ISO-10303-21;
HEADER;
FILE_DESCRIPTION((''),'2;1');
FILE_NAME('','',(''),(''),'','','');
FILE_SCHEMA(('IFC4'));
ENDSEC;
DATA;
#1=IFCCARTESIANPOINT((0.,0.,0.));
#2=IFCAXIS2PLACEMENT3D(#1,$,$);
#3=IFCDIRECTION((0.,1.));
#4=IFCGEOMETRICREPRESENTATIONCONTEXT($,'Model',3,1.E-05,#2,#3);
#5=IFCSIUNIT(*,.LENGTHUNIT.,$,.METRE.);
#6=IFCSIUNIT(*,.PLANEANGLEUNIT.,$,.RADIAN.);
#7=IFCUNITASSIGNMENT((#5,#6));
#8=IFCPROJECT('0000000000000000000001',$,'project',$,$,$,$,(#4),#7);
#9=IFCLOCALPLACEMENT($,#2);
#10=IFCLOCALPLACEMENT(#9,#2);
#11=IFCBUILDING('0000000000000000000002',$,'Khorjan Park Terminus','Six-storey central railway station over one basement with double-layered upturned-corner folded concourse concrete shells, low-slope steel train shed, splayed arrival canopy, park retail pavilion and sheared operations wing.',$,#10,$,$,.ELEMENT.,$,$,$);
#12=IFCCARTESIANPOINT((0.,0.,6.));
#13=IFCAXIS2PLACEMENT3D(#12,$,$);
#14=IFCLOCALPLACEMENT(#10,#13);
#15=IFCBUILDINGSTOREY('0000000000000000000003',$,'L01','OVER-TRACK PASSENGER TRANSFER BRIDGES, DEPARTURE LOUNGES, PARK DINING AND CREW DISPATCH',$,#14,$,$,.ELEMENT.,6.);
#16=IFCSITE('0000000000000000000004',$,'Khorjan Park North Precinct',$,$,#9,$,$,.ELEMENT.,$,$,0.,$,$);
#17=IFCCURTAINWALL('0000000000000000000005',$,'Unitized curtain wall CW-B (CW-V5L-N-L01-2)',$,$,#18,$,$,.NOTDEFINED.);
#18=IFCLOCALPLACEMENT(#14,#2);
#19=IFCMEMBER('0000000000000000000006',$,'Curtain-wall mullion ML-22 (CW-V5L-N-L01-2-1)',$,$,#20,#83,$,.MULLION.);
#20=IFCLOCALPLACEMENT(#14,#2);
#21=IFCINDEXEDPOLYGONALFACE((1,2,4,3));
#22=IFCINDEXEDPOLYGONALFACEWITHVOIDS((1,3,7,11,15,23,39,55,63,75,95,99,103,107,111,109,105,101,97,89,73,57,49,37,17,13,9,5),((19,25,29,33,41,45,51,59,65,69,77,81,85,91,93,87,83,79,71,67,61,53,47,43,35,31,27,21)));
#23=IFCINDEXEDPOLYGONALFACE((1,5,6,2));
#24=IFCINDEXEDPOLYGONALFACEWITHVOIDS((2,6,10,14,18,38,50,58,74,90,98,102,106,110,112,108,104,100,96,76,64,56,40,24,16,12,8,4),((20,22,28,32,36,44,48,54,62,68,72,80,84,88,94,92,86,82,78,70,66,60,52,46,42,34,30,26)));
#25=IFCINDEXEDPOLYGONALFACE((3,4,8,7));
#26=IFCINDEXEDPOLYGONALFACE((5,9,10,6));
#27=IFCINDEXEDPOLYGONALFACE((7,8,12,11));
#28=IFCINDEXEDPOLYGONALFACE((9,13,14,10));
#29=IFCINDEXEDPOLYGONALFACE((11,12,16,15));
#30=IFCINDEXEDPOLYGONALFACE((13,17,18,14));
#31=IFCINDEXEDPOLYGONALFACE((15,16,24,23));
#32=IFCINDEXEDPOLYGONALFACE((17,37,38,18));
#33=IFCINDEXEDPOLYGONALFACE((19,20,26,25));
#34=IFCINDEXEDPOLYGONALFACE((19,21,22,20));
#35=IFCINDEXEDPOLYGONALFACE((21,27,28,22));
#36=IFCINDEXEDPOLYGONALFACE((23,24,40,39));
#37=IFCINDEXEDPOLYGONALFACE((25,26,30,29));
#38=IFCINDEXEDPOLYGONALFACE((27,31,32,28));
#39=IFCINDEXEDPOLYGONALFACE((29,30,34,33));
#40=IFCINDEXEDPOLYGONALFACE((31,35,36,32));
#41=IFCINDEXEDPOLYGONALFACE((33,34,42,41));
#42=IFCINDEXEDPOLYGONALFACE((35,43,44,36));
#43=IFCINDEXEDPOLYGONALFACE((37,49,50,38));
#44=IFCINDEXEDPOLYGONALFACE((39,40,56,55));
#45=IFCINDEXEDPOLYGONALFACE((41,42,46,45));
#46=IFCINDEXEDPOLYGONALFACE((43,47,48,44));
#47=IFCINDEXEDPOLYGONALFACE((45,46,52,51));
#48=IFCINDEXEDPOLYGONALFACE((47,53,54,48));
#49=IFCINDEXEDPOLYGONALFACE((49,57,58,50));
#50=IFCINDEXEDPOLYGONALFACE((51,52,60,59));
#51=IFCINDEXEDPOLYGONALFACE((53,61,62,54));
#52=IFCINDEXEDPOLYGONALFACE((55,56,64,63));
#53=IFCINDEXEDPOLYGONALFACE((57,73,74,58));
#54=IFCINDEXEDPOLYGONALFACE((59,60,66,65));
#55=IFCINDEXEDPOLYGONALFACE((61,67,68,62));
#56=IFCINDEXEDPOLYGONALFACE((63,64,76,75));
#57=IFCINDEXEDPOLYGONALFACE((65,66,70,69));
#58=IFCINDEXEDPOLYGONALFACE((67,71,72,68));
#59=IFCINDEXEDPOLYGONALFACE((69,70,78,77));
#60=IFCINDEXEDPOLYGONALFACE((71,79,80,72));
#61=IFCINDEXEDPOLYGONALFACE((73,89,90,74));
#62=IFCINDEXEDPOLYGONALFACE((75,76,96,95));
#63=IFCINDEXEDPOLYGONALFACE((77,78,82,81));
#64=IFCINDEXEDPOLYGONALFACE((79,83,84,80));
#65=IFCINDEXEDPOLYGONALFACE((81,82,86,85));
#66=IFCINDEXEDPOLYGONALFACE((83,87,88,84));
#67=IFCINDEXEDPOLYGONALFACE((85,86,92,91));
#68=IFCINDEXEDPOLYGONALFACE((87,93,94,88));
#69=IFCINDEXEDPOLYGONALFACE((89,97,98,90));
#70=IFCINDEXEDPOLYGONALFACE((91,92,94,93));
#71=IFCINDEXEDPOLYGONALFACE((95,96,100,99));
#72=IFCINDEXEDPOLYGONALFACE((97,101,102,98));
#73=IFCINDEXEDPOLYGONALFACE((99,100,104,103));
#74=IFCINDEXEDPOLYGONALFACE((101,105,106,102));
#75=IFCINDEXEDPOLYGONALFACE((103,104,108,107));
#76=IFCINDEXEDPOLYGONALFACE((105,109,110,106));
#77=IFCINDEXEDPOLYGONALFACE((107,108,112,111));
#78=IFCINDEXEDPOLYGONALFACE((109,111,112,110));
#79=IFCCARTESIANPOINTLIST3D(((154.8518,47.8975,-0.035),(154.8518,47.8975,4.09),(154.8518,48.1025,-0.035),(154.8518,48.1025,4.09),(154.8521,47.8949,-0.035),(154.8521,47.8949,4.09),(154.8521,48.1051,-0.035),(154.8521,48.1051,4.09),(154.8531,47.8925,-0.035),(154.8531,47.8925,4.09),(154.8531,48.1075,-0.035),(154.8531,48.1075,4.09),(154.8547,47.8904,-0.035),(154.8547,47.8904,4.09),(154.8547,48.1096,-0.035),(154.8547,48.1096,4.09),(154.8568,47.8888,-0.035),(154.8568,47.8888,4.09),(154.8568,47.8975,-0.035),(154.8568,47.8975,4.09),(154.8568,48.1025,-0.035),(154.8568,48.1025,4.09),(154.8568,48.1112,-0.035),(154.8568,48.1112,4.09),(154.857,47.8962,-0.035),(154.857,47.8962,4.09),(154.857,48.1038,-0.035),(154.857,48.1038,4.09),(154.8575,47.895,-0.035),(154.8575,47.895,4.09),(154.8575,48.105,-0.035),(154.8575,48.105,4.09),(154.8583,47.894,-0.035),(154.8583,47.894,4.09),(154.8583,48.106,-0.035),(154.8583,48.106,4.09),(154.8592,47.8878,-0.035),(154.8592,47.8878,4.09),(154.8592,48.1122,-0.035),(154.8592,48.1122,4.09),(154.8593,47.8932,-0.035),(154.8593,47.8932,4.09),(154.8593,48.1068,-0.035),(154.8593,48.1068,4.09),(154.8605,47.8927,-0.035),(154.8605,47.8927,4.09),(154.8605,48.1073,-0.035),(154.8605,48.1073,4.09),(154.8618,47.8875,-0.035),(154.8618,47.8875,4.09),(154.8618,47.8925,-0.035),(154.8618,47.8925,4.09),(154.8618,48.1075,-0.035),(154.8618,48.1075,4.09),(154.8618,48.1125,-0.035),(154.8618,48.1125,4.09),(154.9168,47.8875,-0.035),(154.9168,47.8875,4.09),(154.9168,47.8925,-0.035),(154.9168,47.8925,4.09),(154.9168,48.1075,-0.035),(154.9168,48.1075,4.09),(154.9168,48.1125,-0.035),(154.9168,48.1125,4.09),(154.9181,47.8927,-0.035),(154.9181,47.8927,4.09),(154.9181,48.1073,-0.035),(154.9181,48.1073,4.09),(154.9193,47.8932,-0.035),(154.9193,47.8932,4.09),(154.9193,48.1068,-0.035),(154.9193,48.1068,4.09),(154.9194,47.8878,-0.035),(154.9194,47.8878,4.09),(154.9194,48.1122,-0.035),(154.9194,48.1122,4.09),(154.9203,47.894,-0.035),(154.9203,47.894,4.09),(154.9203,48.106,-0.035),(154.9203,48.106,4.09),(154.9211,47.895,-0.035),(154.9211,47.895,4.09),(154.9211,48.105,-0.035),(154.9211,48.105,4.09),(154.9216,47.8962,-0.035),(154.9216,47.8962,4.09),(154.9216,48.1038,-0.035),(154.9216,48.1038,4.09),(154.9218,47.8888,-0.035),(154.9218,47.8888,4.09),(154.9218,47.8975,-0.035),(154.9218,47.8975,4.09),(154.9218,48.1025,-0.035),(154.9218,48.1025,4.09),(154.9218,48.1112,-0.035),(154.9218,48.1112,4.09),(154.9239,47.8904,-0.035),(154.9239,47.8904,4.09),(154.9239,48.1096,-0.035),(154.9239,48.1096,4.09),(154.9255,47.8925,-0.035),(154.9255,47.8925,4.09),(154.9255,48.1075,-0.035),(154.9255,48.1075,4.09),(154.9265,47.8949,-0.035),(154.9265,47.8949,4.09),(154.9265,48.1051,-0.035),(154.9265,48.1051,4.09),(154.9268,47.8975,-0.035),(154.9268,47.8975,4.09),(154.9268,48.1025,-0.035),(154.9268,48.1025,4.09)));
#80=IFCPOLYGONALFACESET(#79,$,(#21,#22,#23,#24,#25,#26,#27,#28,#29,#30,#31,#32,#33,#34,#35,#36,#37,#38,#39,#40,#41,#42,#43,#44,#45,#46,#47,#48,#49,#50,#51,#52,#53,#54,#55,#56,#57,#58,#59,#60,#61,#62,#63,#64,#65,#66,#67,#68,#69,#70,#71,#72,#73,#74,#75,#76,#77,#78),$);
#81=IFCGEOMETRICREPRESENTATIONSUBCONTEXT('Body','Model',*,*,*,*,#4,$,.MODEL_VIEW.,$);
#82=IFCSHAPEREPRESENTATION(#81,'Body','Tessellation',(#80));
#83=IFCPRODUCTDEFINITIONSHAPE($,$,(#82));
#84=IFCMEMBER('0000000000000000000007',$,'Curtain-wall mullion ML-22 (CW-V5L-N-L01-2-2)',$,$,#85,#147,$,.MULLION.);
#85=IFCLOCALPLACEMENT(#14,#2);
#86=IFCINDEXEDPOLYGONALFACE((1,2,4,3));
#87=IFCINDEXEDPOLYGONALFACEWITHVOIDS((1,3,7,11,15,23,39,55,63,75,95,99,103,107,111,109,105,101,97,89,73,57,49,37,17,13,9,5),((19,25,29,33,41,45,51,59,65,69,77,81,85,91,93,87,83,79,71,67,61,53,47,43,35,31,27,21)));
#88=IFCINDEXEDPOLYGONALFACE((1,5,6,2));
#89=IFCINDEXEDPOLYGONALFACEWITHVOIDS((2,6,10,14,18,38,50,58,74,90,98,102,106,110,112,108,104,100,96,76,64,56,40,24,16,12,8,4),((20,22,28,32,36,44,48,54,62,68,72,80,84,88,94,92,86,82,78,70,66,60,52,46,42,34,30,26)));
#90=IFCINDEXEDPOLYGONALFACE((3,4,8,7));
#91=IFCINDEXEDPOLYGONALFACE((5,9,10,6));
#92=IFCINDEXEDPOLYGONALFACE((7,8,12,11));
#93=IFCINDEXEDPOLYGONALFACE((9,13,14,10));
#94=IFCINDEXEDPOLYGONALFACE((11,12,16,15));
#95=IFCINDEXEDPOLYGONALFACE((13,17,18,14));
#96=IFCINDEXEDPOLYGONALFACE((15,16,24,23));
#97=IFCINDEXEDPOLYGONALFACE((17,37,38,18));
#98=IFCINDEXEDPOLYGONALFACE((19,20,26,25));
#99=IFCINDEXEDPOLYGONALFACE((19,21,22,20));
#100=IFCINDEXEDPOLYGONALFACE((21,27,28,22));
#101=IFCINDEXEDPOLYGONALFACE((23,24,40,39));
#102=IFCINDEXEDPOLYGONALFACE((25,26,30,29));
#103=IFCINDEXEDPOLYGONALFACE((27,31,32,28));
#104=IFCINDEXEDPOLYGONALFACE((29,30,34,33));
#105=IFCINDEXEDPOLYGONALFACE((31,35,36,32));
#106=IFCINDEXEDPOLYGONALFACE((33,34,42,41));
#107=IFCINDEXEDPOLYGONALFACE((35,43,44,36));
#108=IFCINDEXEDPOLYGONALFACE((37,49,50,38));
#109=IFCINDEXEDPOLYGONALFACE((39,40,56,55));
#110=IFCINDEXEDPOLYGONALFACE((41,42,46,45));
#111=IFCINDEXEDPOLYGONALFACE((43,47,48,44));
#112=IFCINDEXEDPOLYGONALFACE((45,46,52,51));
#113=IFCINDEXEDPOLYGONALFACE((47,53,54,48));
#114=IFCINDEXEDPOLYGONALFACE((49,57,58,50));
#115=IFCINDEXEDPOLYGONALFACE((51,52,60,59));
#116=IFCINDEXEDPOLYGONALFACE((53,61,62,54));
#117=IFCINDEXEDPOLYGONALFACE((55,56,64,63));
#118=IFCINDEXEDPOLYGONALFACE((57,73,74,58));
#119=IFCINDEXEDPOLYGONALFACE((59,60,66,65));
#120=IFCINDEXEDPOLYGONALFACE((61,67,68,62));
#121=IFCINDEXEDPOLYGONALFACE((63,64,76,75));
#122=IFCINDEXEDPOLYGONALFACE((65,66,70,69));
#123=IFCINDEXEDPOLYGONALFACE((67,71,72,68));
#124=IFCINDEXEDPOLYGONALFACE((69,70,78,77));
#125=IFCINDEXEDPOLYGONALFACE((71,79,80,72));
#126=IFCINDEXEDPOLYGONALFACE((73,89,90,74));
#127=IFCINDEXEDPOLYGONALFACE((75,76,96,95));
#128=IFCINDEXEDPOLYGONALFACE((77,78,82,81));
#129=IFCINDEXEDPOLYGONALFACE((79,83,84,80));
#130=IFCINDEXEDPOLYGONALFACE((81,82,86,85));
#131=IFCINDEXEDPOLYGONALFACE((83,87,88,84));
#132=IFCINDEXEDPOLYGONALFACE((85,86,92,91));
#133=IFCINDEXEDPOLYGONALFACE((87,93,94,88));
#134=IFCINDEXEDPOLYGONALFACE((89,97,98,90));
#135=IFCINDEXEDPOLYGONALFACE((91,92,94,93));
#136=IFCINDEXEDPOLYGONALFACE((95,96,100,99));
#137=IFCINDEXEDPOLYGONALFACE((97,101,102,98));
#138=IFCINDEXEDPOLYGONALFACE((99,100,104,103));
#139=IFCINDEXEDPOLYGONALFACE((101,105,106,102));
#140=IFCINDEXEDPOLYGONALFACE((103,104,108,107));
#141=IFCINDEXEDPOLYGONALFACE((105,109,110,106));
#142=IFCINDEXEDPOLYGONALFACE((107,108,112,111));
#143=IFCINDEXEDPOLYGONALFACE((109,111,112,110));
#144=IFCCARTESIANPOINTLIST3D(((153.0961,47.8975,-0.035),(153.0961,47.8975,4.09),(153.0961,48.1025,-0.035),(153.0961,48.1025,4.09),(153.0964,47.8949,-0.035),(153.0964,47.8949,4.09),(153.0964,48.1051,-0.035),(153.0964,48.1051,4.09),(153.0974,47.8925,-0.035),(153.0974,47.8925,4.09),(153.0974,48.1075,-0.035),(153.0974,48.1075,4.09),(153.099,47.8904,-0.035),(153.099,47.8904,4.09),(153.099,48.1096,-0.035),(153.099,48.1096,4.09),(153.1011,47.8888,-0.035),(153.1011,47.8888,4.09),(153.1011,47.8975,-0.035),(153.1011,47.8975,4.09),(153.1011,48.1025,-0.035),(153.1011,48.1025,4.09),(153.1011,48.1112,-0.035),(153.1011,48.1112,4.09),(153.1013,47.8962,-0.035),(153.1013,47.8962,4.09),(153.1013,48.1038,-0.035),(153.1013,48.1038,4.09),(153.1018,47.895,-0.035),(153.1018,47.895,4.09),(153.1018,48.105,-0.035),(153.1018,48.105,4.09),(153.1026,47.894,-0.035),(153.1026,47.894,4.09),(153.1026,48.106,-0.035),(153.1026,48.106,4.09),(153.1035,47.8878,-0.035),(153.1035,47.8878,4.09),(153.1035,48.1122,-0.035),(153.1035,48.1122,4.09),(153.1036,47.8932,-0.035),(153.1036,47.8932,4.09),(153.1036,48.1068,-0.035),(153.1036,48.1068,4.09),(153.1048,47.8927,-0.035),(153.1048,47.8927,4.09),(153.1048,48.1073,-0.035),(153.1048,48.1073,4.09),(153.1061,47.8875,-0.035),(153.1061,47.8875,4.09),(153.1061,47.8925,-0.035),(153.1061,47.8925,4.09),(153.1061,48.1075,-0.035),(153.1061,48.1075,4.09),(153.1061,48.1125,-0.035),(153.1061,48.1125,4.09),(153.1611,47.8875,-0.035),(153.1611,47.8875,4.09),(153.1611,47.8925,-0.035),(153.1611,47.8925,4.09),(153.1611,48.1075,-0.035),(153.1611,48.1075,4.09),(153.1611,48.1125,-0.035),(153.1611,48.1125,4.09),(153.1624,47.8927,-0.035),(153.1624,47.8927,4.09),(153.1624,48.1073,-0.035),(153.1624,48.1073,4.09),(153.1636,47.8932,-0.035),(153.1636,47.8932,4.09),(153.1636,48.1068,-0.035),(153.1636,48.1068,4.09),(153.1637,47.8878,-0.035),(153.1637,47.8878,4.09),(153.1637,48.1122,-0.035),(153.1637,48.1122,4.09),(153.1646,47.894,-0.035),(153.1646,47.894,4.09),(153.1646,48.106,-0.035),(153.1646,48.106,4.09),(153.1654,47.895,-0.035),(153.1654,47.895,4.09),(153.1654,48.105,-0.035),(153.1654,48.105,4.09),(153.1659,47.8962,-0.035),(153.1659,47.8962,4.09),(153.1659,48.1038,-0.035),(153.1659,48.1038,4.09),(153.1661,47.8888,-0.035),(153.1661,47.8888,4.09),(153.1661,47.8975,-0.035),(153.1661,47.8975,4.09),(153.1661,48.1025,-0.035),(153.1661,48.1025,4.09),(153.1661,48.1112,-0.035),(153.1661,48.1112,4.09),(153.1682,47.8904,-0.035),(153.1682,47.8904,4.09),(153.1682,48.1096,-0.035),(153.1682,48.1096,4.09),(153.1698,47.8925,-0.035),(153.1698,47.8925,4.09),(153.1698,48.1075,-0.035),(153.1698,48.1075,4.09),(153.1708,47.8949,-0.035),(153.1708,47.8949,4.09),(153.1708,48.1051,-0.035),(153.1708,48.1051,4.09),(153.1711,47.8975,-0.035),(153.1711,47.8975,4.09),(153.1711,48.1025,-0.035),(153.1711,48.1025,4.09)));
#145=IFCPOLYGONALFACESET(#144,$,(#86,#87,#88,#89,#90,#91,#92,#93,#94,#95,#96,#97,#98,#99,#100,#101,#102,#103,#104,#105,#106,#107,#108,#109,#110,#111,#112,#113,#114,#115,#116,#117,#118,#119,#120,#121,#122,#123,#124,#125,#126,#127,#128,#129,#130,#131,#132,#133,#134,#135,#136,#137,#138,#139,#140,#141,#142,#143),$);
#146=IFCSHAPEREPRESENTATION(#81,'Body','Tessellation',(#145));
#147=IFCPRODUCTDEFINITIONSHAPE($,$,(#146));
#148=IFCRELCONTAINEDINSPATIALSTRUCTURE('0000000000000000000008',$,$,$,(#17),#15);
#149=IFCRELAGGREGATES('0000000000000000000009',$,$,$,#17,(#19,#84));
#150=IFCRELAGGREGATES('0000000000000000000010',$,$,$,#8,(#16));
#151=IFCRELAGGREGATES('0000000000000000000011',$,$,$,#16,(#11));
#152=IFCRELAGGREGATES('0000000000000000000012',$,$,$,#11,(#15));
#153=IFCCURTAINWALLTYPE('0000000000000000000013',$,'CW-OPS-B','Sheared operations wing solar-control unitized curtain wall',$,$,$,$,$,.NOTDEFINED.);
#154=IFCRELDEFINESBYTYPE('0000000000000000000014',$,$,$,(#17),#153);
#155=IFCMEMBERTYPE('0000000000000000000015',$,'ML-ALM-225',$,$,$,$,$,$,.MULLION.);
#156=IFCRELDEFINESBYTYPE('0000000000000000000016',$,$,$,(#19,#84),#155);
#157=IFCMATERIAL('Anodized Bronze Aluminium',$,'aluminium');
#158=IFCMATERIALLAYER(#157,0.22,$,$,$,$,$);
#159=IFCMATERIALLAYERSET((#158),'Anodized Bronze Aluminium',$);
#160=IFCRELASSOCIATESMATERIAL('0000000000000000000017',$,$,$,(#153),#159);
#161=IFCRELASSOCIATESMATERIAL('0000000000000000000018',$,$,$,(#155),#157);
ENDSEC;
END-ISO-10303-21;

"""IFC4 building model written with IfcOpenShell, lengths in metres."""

from ifc_helpers import new_model, si_unit, direction, frame, origin, origin_2d, place, context, subcontext, project, spatial, hollow_rectangle, extrude, material, layer, layer_set, material_profile, profile_set, type_object, element, aggregate, save


model = new_model("IFC4")

# Units and contexts
model_context = context("Model", 3, precision=1e-05, world=origin(), true_north=direction((0.0, 1.0)))
body_context = subcontext(model_context, "Body", "Model", "MODEL_VIEW")
ifc_project = project(units=[si_unit("LENGTHUNIT", "METRE"), si_unit("PLANEANGLEUNIT", "RADIAN")], contexts=[model_context])

# Site, building, storey
site_placement = place(None, origin())
site = spatial("IfcSite", under=ifc_project, at=site_placement, Name="Khorjan Park North Precinct", CompositionType="ELEMENT", RefElevation=0.0)
building_placement = place(site_placement, origin())
building = spatial("IfcBuilding", under=site, at=building_placement, Name="Khorjan Park Terminus", Description="Six-storey central railway station over one basement with double-layered upturned-corner folded concourse concrete shells, low-slope steel train shed, splayed arrival canopy, park retail pavilion and sheared operations wing.", CompositionType="ELEMENT")
storey_placement = place(building_placement, frame((0.0, 0.0, 6.0)))
storey = spatial("IfcBuildingStorey", under=building, at=storey_placement, Name="L01", Description="OVER-TRACK PASSENGER TRANSFER BRIDGES, DEPARTURE LOUNGES, PARK DINING AND CREW DISPATCH", CompositionType="ELEMENT", Elevation=6.0)

# Curtain wall, members
ifc_material_1 = material(Name="Anodized Bronze Aluminium", Category="aluminium")
ifc_layer_1 = layer(ifc_material_1, 0.22)
ifc_layer_set_1 = layer_set([ifc_layer_1], Name="Anodized Bronze Aluminium")
curtain_wall_type = type_object("IfcCurtainWallType", Name="CW-OPS-B", Description="Sheared operations wing solar-control unitized curtain wall", PredefinedType="NOTDEFINED", material=ifc_layer_set_1)
curtain_wall_placement = place(storey_placement, origin())
curtain_wall = element("IfcCurtainWall", 1, at=curtain_wall_placement, inside=storey, type_object=curtain_wall_type, Name="Unitized curtain wall CW-B (CW-V5L-N-L01-2)", PredefinedType="NOTDEFINED")
ifc_material_profile_1 = material_profile(ifc_material_1, hollow_rectangle(XDim=0.075, YDim=0.225, WallThickness=0.005, InnerFilletRadius=0.005, OuterFilletRadius=0.01, at=origin_2d()), Name="ALM 75x225x5")
ifc_profile_set_1 = profile_set([ifc_material_profile_1], Name="Anodized Bronze Aluminium")
member_type_1 = type_object("IfcMemberType", Name="ML-ALM-225", PredefinedType="MULLION", material=ifc_profile_set_1)
member_1_placement = place(storey_placement, frame((154.8893, 48.0, -0.035), z_axis=(0.0, 0.0, 1.0), x_axis=(-1.0, 0.0, 0.0)))
member_1 = element("IfcMember", 2, at=member_1_placement, type_object=member_type_1, Name="Curtain-wall mullion ML-22 (CW-V5L-N-L01-2-1)", PredefinedType="MULLION", context=body_context, shape_type="SweptSolid", body=[
    extrude(hollow_rectangle(XDim=0.075, YDim=0.225, WallThickness=0.005, InnerFilletRadius=0.005, OuterFilletRadius=0.01, at=origin_2d()), origin(), (0.0, 0.0, 1.0), 4.125),
])
member_2_placement = place(storey_placement, frame((153.1336, 48.0, -0.035), z_axis=(0.0, 0.0, 1.0), x_axis=(-1.0, 0.0, 0.0)))
member_2 = element("IfcMember", 3, at=member_2_placement, type_object=member_type_1, Name="Curtain-wall mullion ML-22 (CW-V5L-N-L01-2-2)", PredefinedType="MULLION", context=body_context, shape_type="SweptSolid", body=[
    extrude(hollow_rectangle(XDim=0.075, YDim=0.225, WallThickness=0.005, InnerFilletRadius=0.005, OuterFilletRadius=0.01, at=origin_2d()), origin(), (0.0, 0.0, 1.0), 4.125),
])
aggregate(curtain_wall, [member_1, member_2])

save(model, "model.ifc")
